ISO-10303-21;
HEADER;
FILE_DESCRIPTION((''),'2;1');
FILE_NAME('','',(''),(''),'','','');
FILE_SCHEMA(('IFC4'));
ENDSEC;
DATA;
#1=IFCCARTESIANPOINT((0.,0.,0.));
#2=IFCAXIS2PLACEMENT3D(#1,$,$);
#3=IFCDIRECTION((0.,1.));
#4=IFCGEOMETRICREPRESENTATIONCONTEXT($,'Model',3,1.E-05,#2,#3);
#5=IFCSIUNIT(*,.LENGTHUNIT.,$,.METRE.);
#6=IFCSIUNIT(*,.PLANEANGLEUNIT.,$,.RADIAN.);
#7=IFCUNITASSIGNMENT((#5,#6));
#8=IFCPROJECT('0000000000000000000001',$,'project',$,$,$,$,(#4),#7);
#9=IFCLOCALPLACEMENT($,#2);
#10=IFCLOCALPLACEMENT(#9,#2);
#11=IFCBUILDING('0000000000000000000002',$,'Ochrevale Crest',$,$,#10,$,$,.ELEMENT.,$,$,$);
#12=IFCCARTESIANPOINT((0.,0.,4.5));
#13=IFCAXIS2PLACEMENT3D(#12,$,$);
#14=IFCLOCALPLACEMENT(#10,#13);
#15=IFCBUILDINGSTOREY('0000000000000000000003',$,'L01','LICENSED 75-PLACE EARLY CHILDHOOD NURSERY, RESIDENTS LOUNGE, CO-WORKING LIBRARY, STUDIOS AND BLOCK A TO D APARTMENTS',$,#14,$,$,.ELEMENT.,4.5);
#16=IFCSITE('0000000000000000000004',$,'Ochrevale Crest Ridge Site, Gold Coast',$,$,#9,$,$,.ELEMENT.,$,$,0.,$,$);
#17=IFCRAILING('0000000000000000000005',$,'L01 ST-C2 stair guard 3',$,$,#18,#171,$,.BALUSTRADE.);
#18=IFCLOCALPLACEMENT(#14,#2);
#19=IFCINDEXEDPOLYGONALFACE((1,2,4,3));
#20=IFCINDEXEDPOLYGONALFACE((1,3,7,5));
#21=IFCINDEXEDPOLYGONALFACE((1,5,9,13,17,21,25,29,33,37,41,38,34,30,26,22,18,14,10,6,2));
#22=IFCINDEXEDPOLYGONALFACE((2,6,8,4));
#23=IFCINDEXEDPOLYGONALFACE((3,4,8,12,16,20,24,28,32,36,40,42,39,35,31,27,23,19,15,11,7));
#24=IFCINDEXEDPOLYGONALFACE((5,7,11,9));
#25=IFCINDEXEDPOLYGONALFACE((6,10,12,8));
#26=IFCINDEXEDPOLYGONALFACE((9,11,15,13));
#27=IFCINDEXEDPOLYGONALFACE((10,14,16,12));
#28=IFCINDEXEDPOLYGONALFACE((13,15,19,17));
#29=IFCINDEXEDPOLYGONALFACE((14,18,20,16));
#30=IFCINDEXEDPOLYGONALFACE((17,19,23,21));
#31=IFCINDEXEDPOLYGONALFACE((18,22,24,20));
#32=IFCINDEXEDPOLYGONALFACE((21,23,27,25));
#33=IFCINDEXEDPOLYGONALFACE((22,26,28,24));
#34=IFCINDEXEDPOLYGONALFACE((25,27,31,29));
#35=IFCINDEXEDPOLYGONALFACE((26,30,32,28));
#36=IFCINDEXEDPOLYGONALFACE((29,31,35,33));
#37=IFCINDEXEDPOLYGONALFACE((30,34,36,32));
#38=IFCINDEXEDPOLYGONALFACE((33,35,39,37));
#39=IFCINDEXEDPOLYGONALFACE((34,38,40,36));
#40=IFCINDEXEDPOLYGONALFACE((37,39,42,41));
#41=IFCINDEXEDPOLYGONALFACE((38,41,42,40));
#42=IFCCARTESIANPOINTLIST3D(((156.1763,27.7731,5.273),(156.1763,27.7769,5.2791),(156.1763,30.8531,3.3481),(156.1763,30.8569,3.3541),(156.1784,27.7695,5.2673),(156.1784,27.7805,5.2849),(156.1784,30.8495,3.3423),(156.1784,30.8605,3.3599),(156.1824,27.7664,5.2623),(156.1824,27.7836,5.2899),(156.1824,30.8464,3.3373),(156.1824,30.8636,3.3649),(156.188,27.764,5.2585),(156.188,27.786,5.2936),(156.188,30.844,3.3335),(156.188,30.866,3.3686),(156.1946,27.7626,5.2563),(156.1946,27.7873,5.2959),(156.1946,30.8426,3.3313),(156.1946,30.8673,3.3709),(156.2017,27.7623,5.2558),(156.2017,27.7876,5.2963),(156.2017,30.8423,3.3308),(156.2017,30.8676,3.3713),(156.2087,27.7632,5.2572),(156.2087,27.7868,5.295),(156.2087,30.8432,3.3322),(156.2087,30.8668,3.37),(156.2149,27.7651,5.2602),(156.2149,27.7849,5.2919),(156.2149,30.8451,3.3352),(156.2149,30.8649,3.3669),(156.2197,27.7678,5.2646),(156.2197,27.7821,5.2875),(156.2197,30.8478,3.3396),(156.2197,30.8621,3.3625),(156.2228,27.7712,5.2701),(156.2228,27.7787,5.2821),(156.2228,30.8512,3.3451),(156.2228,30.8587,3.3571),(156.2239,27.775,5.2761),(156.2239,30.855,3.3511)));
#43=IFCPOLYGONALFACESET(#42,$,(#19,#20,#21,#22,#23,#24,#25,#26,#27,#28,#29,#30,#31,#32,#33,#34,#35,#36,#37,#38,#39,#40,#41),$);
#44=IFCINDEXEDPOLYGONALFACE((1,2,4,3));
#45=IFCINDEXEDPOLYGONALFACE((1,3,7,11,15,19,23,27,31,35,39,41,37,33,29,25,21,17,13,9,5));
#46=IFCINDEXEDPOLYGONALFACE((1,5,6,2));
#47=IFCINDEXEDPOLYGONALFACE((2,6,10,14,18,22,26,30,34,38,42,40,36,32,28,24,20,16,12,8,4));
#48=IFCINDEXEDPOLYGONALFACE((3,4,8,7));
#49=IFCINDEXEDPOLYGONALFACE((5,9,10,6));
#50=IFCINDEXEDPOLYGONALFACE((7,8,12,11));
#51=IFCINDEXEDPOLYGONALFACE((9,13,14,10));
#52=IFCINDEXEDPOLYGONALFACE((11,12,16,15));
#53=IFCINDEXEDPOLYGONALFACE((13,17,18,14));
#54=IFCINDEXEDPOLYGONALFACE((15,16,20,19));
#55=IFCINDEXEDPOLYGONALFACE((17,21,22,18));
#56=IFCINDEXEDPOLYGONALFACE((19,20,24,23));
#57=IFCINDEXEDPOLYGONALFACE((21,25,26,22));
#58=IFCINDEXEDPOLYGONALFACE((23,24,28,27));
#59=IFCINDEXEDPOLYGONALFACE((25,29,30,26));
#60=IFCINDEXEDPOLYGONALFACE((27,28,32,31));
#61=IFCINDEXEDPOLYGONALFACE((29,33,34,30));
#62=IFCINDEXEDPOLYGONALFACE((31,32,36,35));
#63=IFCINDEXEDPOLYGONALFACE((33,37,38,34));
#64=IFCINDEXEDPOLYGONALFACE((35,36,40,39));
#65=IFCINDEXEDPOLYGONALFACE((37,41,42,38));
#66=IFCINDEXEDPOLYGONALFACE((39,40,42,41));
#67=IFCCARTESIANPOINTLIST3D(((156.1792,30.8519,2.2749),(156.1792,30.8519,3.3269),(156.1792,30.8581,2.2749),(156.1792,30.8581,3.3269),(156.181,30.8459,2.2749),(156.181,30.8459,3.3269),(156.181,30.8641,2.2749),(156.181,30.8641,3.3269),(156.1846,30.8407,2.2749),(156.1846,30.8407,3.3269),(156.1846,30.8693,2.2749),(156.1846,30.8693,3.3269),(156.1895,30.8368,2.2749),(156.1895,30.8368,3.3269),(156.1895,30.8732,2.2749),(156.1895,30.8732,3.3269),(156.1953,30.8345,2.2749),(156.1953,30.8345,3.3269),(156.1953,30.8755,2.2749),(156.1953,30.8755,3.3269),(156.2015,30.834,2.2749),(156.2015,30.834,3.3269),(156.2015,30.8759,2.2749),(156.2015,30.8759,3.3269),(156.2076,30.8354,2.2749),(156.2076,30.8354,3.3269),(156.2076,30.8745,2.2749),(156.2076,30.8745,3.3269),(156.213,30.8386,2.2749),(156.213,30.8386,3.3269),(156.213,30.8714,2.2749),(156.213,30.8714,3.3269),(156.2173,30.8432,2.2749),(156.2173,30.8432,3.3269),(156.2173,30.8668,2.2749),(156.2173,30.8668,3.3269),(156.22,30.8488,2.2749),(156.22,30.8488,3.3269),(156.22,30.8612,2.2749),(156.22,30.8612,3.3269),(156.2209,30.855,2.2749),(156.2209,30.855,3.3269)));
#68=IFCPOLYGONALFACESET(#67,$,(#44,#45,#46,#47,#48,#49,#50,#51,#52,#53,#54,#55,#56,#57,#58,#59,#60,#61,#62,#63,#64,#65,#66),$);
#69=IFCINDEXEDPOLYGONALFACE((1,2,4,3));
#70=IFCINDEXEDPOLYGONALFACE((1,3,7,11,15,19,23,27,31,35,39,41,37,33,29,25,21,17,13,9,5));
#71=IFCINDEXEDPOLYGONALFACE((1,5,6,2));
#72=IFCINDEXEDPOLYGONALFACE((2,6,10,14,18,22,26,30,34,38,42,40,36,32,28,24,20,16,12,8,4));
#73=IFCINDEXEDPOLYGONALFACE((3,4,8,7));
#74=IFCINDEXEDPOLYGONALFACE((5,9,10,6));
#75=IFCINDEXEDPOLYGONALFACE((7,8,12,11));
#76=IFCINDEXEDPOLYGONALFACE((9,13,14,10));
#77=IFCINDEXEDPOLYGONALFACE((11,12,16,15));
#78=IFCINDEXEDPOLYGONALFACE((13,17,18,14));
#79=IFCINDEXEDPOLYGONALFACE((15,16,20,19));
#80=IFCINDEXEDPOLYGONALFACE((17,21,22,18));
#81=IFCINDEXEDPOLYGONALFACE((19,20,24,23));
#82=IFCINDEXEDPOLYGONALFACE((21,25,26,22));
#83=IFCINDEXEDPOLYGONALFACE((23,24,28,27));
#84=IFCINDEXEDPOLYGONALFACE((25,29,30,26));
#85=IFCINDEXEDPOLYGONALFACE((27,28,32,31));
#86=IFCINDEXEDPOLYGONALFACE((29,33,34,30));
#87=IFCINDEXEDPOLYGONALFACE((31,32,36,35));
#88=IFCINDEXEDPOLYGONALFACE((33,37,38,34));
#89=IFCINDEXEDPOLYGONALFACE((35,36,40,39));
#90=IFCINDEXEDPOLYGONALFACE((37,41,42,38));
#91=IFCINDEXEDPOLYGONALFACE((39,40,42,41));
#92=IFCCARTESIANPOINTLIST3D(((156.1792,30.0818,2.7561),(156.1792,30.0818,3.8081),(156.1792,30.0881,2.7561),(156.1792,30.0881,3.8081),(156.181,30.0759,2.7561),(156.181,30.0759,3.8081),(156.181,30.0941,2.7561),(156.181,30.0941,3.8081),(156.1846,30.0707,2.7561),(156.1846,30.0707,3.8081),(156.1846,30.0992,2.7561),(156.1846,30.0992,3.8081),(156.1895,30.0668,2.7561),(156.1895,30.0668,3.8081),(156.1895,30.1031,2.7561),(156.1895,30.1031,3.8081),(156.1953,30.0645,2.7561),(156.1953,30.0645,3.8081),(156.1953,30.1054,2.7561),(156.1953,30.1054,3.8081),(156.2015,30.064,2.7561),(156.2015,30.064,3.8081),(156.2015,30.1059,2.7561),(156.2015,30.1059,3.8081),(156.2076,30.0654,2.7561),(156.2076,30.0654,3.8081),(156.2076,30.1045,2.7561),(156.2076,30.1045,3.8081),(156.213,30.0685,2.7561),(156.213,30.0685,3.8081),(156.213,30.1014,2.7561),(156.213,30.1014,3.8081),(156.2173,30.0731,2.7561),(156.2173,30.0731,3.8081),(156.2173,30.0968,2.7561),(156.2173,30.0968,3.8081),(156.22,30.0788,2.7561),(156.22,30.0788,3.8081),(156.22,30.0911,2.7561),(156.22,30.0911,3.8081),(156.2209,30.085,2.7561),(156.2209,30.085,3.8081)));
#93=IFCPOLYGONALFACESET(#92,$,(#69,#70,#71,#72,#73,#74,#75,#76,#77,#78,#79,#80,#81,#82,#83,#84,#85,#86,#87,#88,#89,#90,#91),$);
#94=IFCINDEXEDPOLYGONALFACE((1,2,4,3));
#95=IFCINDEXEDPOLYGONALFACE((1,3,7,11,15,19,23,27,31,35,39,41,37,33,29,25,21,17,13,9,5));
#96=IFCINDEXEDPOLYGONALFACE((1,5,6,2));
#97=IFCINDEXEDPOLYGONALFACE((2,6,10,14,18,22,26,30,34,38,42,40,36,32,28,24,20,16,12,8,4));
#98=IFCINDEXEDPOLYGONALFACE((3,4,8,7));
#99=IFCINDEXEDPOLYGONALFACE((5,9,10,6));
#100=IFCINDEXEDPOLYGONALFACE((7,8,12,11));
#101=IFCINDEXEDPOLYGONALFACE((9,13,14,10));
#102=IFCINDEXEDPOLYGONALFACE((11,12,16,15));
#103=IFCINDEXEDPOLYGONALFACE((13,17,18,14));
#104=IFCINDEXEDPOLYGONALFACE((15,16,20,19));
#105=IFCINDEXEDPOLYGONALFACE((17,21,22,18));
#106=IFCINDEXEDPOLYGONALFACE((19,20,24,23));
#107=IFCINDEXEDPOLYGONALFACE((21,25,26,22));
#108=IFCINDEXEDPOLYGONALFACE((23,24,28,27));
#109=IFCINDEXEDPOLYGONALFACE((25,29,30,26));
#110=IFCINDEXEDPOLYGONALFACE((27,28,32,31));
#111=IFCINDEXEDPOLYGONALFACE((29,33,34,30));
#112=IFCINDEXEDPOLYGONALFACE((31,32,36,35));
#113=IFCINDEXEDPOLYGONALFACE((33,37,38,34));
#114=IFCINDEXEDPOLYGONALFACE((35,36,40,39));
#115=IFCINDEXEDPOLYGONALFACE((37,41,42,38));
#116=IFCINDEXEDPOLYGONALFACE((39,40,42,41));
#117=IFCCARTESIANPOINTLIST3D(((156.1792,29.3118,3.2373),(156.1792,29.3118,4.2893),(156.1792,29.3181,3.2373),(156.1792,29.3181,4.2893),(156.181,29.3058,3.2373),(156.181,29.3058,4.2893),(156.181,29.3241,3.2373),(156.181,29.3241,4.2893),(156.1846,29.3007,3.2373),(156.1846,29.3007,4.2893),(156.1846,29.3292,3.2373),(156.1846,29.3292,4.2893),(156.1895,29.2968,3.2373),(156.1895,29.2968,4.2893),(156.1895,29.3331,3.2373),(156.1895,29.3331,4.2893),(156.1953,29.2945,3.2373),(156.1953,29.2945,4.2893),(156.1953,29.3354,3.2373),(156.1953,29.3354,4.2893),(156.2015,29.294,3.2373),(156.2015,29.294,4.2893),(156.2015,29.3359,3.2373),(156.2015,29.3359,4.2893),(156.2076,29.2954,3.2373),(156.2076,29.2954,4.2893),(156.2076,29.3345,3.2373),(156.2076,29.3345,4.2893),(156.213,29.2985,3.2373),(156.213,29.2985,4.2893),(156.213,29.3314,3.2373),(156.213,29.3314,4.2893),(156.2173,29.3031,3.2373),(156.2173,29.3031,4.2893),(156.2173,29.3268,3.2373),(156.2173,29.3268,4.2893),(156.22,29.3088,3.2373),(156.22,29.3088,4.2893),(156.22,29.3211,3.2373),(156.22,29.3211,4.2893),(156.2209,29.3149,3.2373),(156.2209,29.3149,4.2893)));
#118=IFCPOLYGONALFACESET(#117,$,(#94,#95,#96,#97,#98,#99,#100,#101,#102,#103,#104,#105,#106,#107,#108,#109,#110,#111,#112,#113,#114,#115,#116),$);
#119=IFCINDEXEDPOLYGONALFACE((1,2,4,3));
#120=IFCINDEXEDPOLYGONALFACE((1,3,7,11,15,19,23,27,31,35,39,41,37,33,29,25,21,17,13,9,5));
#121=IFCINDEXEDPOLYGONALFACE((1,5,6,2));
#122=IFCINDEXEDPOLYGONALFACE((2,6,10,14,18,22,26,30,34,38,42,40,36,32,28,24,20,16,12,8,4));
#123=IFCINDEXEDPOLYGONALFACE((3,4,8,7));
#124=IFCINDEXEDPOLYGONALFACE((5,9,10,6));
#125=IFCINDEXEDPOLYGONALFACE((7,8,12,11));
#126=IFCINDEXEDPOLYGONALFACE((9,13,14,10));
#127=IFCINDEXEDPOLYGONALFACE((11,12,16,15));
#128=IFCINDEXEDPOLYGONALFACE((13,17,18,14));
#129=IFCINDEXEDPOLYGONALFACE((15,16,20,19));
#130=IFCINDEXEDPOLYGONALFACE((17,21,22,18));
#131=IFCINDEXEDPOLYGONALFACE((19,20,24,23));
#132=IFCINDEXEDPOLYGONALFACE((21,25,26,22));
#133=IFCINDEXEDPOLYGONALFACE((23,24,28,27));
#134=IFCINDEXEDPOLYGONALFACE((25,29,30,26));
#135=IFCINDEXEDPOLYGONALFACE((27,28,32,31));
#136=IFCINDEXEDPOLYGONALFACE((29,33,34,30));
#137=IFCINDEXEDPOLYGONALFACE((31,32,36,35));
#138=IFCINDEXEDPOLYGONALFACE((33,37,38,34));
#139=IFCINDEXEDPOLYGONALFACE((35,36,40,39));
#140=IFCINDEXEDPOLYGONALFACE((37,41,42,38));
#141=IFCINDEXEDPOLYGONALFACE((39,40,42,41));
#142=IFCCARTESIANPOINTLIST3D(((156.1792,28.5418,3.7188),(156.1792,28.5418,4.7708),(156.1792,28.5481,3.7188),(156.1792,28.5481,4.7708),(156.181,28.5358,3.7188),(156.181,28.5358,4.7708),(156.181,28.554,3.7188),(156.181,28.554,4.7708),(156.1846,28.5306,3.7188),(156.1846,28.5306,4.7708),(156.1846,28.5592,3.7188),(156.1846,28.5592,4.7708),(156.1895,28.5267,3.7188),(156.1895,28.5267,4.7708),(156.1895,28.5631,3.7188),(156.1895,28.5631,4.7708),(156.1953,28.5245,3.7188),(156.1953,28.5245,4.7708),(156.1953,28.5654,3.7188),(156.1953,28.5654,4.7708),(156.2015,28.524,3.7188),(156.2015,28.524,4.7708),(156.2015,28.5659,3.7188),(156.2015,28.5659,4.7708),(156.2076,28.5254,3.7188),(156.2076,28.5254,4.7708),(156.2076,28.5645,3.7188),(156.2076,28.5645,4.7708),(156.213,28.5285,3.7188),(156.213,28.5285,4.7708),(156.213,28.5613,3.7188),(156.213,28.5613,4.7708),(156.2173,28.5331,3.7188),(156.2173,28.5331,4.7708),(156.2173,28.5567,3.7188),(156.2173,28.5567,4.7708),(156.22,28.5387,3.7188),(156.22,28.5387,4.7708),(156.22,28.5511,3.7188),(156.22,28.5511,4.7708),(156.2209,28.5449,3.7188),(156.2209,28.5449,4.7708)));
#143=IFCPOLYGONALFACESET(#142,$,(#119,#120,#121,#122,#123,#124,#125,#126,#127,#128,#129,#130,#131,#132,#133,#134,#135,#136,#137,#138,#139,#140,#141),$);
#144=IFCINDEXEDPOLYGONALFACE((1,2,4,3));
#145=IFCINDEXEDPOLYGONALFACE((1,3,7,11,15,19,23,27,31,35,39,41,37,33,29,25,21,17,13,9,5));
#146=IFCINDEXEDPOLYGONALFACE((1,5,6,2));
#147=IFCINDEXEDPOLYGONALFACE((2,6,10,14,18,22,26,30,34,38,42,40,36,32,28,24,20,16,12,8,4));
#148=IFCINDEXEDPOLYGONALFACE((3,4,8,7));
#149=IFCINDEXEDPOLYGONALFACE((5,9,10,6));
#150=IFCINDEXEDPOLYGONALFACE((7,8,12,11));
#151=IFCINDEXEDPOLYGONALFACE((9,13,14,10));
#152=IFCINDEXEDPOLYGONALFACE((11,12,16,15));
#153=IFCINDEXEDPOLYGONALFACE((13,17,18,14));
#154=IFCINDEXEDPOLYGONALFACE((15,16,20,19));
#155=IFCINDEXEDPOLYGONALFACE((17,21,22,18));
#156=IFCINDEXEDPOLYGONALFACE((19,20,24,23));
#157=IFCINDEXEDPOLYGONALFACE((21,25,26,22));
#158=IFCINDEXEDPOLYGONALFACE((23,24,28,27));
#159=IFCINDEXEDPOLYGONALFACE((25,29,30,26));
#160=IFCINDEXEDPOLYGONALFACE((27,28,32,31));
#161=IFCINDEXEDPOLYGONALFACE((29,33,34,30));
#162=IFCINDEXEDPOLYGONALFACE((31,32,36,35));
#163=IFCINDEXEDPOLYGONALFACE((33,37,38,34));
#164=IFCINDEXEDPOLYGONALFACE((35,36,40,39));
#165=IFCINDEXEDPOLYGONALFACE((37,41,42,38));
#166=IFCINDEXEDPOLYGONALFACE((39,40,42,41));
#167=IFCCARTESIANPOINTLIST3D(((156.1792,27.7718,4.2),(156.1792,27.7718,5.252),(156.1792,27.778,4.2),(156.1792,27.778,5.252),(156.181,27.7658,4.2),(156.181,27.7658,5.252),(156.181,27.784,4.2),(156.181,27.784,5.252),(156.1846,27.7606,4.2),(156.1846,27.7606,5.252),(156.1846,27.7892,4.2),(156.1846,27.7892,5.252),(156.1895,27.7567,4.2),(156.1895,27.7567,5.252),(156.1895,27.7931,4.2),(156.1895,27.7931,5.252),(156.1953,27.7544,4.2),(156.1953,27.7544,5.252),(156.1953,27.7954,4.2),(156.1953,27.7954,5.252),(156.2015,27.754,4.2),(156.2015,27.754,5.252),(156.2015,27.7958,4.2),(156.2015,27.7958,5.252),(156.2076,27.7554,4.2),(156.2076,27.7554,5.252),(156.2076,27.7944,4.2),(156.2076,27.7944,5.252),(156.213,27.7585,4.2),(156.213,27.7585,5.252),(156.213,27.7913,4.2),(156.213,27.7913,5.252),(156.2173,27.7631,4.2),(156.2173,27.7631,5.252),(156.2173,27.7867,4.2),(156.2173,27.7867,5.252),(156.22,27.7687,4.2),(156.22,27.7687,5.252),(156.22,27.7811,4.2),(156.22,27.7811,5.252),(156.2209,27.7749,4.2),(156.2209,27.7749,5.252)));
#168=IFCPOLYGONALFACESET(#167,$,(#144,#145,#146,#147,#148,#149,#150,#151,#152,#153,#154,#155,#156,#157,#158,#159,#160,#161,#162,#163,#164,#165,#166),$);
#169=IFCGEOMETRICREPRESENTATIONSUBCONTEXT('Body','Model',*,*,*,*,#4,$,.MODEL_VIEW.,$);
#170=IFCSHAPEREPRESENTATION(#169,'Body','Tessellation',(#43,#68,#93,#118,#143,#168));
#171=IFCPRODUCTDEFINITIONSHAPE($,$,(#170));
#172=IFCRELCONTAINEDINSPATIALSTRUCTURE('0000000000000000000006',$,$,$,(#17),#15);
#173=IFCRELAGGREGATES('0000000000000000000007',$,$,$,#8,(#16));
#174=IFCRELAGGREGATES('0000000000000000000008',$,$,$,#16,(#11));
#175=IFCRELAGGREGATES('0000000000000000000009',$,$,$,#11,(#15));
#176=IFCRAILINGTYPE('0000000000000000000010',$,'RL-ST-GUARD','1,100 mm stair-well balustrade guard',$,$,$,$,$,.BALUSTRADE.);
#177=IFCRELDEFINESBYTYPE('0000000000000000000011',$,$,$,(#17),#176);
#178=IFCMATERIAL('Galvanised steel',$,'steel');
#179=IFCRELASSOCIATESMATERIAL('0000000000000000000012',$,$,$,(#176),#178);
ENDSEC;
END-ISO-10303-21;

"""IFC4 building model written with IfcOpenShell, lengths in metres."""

from ifc_helpers import new_model, si_unit, direction, frame, origin, origin_2d, place, context, subcontext, project, spatial, circle, extrude, material, type_object, element, save


model = new_model("IFC4")

# Units and contexts
model_context = context("Model", 3, precision=1e-05, world=origin(), true_north=direction((0.0, 1.0)))
body_context = subcontext(model_context, "Body", "Model", "MODEL_VIEW")
ifc_project = project(units=[si_unit("LENGTHUNIT", "METRE"), si_unit("PLANEANGLEUNIT", "RADIAN")], contexts=[model_context])

# Site, building, storey
site_placement = place(None, origin())
site = spatial("IfcSite", under=ifc_project, at=site_placement, Name="Ochrevale Crest Ridge Site, Gold Coast", CompositionType="ELEMENT", RefElevation=0.0)
building_placement = place(site_placement, origin())
building = spatial("IfcBuilding", under=site, at=building_placement, Name="Ochrevale Crest", CompositionType="ELEMENT")
storey_placement = place(building_placement, frame((0.0, 0.0, 4.5)))
storey = spatial("IfcBuildingStorey", under=building, at=storey_placement, Name="L01", Description="LICENSED 75-PLACE EARLY CHILDHOOD NURSERY, RESIDENTS LOUNGE, CO-WORKING LIBRARY, STUDIOS AND BLOCK A TO D APARTMENTS", CompositionType="ELEMENT", Elevation=4.5)

# Railing
ifc_material_1 = material(Name="Galvanised steel", Category="steel")
railing_type_1 = type_object("IfcRailingType", Name="RL-ST-GUARD", Description="1,100 mm stair-well balustrade guard", PredefinedType="BALUSTRADE", material=ifc_material_1)
railing_1_placement = place(storey_placement, frame((156.2, 30.855, 2.2749)))
element("IfcRailing", 1, at=railing_1_placement, inside=storey, type_object=railing_type_1, Name="L01 ST-C2 stair guard 3", PredefinedType="BALUSTRADE", context=body_context, shape_type="SweptSolid", body=[
    extrude(circle(Radius=0.0239, at=origin_2d()), frame((0.0, 0.0, 1.0762), z_axis=(0.0, -0.847998, 0.529999), x_axis=(1.0, 0.0, 0.0)), (0.0, 0.0, 1.0), 3.6321),
    extrude(circle(Radius=0.021, at=origin_2d()), origin(), (0.0, 0.0, 1.0), 1.052),
    extrude(circle(Radius=0.021, at=origin_2d()), frame((0.0, -0.77, 0.4812)), (0.0, 0.0, 1.0), 1.052),
    extrude(circle(Radius=0.021, at=origin_2d()), frame((0.0, -1.54, 0.9624)), (0.0, 0.0, 1.0), 1.052),
    extrude(circle(Radius=0.021, at=origin_2d()), frame((0.0, -2.3101, 1.4438)), (0.0, 0.0, 1.0), 1.052),
    extrude(circle(Radius=0.021, at=origin_2d()), frame((0.0, -3.0801, 1.925)), (0.0, 0.0, 1.0), 1.052),
])

save(model, "model.ifc")
